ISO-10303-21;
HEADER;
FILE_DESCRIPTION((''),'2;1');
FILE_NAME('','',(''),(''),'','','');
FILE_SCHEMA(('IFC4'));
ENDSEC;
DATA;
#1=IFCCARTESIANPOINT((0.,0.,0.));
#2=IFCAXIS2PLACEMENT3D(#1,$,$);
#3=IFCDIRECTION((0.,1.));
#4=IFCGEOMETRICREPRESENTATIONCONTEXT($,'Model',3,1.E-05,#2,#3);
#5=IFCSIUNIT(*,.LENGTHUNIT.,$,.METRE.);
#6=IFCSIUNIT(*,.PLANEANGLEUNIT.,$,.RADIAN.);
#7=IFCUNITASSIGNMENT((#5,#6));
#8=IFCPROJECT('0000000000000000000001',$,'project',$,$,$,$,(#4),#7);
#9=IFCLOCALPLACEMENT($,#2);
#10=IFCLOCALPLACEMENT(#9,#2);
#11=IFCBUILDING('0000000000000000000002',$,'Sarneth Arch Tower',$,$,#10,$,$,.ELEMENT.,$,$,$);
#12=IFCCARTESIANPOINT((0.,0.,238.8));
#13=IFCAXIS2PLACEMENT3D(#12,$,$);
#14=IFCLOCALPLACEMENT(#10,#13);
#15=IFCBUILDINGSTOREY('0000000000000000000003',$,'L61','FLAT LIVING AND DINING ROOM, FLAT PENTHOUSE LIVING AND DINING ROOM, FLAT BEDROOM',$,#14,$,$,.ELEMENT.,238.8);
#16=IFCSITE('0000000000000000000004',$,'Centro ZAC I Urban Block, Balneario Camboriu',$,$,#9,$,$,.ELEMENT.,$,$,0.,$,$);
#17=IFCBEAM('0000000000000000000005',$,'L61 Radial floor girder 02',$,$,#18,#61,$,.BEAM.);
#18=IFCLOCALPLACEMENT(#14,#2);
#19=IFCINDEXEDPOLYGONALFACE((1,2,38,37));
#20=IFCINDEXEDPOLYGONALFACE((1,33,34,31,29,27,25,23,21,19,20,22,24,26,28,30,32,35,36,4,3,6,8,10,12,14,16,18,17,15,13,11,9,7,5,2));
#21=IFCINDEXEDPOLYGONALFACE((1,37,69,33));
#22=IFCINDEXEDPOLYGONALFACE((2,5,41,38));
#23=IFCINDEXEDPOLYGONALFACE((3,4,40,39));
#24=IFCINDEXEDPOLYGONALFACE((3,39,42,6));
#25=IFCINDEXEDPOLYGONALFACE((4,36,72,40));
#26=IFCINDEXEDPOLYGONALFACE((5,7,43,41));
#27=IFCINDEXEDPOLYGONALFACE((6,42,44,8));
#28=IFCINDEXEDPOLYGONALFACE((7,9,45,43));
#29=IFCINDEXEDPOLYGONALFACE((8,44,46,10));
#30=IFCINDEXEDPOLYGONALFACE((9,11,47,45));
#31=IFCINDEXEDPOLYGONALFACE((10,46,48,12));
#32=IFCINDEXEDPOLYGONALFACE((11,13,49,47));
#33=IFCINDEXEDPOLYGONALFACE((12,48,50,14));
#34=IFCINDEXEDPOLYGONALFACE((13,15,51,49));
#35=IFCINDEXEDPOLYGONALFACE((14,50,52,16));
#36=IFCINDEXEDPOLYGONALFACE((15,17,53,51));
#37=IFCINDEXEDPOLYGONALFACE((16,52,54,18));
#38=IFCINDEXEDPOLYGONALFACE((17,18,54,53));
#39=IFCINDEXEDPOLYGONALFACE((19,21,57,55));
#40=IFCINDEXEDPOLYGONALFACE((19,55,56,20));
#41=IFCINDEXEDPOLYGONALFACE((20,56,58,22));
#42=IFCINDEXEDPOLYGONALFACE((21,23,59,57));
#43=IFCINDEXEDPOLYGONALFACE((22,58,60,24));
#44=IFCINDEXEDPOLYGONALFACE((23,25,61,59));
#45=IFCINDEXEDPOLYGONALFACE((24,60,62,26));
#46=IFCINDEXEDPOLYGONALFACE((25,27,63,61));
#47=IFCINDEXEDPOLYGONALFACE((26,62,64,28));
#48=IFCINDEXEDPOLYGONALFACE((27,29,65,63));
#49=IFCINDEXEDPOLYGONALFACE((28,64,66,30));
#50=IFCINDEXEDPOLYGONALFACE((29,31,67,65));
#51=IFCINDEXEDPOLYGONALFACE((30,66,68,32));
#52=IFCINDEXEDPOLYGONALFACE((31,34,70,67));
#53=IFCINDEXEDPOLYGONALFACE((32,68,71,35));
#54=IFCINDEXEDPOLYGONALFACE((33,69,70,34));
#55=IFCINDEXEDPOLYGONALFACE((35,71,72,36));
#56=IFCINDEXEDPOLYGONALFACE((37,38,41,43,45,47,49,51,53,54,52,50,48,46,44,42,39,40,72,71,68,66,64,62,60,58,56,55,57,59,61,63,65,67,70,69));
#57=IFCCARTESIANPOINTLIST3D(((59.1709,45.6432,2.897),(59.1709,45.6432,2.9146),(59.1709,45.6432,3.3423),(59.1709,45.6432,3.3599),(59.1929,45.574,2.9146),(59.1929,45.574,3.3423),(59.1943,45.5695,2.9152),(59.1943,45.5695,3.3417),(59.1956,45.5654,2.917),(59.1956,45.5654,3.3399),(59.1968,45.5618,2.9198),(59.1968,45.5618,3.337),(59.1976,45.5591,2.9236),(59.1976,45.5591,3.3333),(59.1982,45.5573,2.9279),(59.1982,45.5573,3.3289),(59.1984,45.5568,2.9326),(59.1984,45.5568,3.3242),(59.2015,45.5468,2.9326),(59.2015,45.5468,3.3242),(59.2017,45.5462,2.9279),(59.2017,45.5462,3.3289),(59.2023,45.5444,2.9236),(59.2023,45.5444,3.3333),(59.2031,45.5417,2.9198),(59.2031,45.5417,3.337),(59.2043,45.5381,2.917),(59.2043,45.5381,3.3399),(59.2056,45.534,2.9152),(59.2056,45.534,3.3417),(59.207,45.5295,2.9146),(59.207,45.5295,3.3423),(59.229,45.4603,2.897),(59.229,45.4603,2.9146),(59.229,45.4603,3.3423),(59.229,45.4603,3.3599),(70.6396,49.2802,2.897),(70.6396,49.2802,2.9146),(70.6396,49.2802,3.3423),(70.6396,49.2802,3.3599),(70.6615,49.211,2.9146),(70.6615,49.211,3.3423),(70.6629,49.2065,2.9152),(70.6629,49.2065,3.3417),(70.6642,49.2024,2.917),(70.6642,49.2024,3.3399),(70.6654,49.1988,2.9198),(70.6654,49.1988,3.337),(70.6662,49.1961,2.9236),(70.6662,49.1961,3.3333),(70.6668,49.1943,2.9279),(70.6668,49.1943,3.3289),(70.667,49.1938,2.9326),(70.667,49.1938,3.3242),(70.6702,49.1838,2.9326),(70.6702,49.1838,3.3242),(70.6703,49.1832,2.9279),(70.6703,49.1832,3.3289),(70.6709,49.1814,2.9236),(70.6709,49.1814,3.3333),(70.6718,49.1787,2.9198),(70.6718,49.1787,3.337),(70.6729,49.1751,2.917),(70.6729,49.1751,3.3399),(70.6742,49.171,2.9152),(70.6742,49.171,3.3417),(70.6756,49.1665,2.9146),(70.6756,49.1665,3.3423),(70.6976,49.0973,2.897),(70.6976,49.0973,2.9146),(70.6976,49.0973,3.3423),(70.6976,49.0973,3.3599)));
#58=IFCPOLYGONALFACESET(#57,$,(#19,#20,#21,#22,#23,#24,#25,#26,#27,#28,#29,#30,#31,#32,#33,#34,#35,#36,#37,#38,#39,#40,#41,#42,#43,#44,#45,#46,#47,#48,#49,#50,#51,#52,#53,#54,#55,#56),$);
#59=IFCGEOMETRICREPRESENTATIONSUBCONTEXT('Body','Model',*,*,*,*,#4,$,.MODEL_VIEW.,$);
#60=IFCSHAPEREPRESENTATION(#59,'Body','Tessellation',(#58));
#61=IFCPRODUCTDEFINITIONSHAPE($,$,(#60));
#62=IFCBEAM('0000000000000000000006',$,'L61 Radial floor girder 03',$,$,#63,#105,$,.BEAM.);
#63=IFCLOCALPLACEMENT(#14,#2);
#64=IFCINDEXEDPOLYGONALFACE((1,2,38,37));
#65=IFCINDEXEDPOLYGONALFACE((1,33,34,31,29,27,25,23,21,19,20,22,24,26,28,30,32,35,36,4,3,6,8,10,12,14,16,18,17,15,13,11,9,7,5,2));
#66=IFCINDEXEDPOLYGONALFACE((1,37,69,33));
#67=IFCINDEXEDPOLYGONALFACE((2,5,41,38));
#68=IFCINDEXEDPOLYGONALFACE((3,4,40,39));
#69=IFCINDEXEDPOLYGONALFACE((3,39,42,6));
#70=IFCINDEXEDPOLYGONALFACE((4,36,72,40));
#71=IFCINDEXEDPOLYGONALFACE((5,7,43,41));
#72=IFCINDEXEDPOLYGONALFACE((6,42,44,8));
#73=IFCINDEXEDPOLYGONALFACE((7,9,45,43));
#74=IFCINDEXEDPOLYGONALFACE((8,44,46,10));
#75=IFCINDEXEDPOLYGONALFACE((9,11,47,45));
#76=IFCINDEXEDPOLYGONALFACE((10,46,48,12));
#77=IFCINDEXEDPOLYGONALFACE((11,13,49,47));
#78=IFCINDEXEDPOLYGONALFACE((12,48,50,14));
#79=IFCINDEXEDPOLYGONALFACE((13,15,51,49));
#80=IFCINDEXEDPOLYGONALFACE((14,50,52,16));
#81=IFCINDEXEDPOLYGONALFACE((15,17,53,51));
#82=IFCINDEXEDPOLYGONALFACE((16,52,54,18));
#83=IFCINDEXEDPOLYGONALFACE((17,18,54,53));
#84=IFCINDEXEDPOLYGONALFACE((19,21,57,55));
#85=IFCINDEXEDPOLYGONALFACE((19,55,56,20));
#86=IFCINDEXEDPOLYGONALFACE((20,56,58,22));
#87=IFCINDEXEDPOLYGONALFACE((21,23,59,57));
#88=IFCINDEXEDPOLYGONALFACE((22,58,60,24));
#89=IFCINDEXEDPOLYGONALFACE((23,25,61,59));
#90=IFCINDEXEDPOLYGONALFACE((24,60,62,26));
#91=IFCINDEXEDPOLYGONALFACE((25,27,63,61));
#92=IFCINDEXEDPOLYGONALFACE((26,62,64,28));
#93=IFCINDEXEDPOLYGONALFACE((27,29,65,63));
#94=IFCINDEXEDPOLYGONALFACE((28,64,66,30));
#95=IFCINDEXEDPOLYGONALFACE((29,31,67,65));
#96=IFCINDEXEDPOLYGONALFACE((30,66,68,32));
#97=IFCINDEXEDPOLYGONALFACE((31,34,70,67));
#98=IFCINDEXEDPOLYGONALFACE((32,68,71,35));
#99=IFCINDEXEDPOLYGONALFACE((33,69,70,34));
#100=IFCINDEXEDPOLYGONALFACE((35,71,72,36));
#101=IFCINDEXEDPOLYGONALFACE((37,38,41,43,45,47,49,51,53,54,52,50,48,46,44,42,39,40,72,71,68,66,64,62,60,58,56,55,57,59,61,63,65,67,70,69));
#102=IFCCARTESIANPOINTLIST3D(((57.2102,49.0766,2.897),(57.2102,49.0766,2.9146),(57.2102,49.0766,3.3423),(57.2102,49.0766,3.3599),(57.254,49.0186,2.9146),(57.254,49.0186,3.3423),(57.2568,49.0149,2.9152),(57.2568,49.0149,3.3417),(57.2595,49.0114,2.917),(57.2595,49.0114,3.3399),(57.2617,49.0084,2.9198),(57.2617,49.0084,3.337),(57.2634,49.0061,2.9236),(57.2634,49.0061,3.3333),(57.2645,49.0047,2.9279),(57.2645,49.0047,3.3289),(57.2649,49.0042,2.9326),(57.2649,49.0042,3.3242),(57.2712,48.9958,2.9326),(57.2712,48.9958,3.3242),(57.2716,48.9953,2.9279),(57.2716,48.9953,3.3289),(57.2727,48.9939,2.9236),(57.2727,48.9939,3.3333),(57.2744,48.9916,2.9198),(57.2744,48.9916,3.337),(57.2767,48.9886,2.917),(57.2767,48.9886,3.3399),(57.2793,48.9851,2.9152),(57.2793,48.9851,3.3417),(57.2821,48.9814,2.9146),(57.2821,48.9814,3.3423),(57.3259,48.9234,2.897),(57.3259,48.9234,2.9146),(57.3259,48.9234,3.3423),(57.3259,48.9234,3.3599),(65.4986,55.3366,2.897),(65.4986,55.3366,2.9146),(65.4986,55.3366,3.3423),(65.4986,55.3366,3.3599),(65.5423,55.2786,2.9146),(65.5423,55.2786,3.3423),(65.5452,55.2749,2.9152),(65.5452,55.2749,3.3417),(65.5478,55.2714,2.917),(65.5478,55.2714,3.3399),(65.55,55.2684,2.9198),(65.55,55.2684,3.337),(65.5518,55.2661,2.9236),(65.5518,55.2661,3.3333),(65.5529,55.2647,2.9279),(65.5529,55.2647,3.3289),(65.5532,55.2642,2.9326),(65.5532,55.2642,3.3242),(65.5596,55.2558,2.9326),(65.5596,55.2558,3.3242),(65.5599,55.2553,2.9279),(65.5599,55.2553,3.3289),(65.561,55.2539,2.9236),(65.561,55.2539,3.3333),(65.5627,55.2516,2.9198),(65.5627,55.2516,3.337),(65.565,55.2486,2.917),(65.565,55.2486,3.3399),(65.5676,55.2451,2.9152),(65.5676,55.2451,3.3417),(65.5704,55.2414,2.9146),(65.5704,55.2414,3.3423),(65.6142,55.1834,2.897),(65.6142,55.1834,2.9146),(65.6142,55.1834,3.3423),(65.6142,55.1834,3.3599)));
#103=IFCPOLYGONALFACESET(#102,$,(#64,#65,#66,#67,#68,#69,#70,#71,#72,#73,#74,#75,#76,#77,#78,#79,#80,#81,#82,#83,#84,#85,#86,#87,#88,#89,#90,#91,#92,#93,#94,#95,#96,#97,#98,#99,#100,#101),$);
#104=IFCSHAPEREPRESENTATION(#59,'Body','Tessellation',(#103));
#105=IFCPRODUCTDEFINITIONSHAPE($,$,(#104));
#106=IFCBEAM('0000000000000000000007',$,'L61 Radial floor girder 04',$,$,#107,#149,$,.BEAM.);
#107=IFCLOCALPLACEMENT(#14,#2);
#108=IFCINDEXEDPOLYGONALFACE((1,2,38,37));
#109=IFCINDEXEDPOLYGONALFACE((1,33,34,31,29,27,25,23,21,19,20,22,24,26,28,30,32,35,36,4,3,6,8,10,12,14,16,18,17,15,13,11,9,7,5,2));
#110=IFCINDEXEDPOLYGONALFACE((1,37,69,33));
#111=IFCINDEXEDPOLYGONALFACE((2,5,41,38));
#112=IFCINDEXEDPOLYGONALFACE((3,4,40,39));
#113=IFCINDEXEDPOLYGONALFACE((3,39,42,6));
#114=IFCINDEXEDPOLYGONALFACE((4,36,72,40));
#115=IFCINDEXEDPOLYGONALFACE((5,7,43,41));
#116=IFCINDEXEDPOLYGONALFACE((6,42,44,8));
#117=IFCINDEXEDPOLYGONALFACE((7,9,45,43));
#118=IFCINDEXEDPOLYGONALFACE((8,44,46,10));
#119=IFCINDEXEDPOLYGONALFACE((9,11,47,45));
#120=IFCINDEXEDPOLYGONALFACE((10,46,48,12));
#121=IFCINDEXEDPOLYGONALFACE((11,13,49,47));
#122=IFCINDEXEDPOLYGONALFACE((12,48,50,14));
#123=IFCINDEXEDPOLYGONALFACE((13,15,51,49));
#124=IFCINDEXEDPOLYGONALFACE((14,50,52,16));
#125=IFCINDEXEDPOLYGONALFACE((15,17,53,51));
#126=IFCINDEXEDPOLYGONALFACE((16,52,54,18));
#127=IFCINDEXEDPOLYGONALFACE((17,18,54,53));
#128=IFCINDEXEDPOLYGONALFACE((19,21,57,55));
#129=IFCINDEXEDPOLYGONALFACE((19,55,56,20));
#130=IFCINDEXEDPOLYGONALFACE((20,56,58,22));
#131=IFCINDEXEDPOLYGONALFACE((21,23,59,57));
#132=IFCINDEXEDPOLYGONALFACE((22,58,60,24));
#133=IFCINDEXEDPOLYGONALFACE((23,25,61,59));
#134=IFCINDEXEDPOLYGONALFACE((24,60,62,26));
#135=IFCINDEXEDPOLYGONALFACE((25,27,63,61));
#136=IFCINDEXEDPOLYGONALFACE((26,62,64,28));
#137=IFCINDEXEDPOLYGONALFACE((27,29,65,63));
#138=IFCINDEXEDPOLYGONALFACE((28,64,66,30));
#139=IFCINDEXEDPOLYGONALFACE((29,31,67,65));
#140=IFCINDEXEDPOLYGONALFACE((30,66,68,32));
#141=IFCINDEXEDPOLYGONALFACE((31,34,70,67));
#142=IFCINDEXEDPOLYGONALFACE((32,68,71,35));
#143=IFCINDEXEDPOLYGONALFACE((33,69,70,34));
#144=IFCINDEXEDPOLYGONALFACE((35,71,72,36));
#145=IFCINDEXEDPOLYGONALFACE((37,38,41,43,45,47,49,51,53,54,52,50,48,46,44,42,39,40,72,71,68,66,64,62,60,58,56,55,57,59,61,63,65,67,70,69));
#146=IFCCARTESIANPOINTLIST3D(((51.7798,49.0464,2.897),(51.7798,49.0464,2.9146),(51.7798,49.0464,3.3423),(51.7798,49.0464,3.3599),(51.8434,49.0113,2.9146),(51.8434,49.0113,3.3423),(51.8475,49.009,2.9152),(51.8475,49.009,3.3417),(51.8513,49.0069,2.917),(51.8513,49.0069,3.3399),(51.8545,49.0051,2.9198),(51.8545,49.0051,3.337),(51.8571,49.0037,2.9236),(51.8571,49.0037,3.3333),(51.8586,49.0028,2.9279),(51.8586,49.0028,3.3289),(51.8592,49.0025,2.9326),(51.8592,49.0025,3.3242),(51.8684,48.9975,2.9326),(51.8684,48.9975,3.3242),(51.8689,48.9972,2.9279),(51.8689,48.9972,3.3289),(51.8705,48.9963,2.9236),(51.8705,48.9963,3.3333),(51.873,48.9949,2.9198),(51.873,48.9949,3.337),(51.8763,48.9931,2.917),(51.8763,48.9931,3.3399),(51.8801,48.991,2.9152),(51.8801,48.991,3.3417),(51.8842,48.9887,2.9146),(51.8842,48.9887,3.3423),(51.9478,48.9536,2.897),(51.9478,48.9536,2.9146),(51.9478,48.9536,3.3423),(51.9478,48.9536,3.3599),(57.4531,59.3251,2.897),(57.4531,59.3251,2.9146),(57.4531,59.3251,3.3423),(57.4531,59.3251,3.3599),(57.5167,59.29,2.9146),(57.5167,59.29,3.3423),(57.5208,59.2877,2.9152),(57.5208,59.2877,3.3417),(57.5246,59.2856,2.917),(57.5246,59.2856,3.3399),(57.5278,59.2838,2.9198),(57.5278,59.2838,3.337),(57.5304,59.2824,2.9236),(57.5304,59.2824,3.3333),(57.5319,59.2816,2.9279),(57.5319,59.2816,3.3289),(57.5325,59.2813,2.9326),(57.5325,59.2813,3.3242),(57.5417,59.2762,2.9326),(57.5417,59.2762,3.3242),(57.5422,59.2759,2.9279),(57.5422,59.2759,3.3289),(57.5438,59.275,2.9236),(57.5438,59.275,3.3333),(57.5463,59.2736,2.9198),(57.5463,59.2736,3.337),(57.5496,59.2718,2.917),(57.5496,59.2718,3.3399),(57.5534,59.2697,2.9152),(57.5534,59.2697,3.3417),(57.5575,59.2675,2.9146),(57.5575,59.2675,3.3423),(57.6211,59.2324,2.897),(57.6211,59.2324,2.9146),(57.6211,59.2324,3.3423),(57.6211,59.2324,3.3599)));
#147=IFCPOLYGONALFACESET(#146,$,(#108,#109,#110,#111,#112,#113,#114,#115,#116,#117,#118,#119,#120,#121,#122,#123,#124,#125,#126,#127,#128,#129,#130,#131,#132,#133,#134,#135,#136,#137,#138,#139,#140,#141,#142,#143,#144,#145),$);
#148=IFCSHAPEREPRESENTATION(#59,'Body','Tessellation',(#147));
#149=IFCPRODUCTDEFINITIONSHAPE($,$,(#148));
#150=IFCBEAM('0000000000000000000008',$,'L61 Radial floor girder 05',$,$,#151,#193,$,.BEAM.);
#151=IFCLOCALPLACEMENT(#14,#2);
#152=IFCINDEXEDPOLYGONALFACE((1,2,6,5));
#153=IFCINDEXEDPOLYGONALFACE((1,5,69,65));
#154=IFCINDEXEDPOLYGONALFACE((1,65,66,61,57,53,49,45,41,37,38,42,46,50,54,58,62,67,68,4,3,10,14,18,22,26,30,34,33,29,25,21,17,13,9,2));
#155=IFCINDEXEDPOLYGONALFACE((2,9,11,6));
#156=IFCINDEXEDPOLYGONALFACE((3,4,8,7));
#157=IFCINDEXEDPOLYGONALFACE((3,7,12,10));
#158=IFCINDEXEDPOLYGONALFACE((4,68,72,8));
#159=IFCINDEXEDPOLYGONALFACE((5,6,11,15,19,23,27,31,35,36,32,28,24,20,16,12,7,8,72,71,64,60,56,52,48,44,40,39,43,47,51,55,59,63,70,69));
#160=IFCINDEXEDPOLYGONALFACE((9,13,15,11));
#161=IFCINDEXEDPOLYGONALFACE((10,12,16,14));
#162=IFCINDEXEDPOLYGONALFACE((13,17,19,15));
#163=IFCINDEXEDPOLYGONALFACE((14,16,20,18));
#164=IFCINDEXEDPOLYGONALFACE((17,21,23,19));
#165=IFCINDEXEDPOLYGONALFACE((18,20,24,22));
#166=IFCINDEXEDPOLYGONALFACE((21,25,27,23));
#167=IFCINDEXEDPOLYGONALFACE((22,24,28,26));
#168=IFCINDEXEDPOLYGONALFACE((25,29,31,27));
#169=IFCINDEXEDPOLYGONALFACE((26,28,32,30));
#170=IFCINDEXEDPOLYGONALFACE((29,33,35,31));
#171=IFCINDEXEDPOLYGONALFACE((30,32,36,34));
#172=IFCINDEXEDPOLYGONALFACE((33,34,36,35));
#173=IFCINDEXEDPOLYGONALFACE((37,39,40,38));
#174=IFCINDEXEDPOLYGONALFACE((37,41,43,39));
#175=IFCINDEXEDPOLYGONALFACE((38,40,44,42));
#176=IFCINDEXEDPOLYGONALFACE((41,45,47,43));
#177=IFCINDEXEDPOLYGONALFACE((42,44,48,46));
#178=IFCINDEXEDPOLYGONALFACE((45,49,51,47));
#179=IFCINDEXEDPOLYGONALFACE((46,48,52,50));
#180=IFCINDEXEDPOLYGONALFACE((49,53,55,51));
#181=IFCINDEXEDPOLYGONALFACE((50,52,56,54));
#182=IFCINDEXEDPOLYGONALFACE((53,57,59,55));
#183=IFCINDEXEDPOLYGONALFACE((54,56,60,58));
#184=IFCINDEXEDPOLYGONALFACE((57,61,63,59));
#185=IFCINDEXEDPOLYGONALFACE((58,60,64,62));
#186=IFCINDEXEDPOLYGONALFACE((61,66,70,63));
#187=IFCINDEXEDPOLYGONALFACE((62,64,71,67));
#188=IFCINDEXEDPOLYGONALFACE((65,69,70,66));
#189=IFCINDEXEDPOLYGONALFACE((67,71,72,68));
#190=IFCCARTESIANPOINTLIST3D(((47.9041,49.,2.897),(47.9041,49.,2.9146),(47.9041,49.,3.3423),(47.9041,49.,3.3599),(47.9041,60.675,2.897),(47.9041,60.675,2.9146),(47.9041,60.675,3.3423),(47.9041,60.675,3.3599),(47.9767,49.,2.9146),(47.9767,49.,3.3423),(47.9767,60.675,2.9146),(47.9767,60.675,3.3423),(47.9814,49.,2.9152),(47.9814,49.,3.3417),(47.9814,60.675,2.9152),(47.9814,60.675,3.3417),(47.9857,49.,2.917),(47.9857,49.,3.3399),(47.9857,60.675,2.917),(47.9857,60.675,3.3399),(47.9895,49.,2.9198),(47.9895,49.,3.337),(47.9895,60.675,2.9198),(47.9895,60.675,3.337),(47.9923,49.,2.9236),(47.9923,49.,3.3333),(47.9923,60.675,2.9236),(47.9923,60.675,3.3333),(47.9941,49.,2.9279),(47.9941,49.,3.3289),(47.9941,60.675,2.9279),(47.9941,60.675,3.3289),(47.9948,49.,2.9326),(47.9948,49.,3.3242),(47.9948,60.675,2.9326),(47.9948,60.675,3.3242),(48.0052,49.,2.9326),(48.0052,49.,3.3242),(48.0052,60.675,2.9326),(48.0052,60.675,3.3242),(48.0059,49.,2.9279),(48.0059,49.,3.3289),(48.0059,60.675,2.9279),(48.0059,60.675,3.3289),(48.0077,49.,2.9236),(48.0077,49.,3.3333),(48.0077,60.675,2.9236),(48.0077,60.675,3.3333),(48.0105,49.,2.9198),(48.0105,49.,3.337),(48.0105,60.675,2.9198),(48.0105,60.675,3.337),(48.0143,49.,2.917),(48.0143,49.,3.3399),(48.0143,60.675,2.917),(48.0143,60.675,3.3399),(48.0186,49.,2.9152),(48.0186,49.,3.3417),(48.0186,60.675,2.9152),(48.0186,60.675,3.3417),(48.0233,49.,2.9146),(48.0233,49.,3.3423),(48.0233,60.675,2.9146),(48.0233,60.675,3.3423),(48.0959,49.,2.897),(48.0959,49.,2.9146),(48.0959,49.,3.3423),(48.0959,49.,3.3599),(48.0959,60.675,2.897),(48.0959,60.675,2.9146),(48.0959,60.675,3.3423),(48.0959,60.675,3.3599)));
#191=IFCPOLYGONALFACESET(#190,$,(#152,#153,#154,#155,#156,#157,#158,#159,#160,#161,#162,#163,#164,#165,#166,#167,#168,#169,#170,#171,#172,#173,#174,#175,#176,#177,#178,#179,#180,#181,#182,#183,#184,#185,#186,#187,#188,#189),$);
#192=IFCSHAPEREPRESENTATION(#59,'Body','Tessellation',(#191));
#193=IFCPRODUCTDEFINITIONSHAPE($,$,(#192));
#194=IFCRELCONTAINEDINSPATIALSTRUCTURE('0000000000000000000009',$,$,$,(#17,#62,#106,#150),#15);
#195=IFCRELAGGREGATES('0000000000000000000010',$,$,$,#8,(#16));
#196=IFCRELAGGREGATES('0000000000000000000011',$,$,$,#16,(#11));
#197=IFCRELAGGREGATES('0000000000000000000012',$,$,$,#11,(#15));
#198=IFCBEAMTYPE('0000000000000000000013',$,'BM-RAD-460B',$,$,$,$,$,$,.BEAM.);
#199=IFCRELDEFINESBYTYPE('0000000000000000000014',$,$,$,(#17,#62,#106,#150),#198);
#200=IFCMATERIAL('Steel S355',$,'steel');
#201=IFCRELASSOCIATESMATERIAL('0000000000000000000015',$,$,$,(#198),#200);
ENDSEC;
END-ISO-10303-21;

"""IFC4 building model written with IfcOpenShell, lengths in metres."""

from ifc_helpers import new_model, si_unit, direction, frame, origin, origin_2d, place, context, subcontext, project, spatial, i_section, extrude, material, material_profile, profile_set, type_object, element, save


model = new_model("IFC4")

# Units and contexts
model_context = context("Model", 3, precision=1e-05, world=origin(), true_north=direction((0.0, 1.0)))
body_context = subcontext(model_context, "Body", "Model", "MODEL_VIEW")
ifc_project = project(units=[si_unit("LENGTHUNIT", "METRE"), si_unit("PLANEANGLEUNIT", "RADIAN")], contexts=[model_context])

# Site, building, storey
site_placement = place(None, origin())
site = spatial("IfcSite", under=ifc_project, at=site_placement, Name="Centro ZAC I Urban Block, Balneario Camboriu", CompositionType="ELEMENT", RefElevation=0.0)
building_placement = place(site_placement, origin())
building = spatial("IfcBuilding", under=site, at=building_placement, Name="Sarneth Arch Tower", CompositionType="ELEMENT")
storey_placement = place(building_placement, frame((0.0, 0.0, 238.8)))
storey = spatial("IfcBuildingStorey", under=building, at=storey_placement, Name="L61", Description="FLAT LIVING AND DINING ROOM, FLAT PENTHOUSE LIVING AND DINING ROOM, FLAT BEDROOM", CompositionType="ELEMENT", Elevation=238.8)

# Beams
ifc_material_1 = material(Name="Steel S355", Category="steel")
ifc_material_profile_1 = material_profile(ifc_material_1, i_section(OverallWidth=0.1919, OverallDepth=0.4629, WebThickness=0.0105, FlangeThickness=0.0176, FilletRadius=0.0181, at=origin_2d()), Name="W460x89")
ifc_profile_set_1 = profile_set([ifc_material_profile_1], Name="Steel S355")
beam_type_1 = type_object("IfcBeamType", Name="BM-RAD-460B", PredefinedType="BEAM", material=ifc_profile_set_1)
beam_1_placement = place(storey_placement, frame((59.2, 45.5518, 3.1284), z_axis=(0.953216, 0.30229, 0.0), x_axis=(-0.30229, 0.953216, 0.0)))
element("IfcBeam", 1, at=beam_1_placement, inside=storey, type_object=beam_type_1, Name="L61 Radial floor girder 02", PredefinedType="BEAM", context=body_context, shape_type="SweptSolid", body=[
    extrude(i_section(OverallWidth=0.1919, OverallDepth=0.4629, WebThickness=0.0105, FlangeThickness=0.0176, FilletRadius=0.0181, at=origin_2d()), origin(), (0.0, 0.0, 1.0), 12.0315),
])
beam_2_placement = place(storey_placement, frame((57.2681, 49.0, 3.1284), z_axis=(0.797973, 0.602693, 0.0), x_axis=(-0.602693, 0.797973, 0.0)))
element("IfcBeam", 2, at=beam_2_placement, inside=storey, type_object=beam_type_1, Name="L61 Radial floor girder 03", PredefinedType="BEAM", context=body_context, shape_type="SweptSolid", body=[
    extrude(i_section(OverallWidth=0.1919, OverallDepth=0.4629, WebThickness=0.0105, FlangeThickness=0.0176, FilletRadius=0.0181, at=origin_2d()), origin(), (0.0, 0.0, 1.0), 10.3867),
])
beam_3_placement = place(storey_placement, frame((51.8638, 49.0, 3.1284), z_axis=(0.483226, 0.875496, 0.0), x_axis=(-0.875496, 0.483226, 0.0)))
element("IfcBeam", 3, at=beam_3_placement, inside=storey, type_object=beam_type_1, Name="L61 Radial floor girder 04", PredefinedType="BEAM", context=body_context, shape_type="SweptSolid", body=[
    extrude(i_section(OverallWidth=0.1919, OverallDepth=0.4629, WebThickness=0.0105, FlangeThickness=0.0176, FilletRadius=0.0181, at=origin_2d()), origin(), (0.0, 0.0, 1.0), 11.7405),
])
beam_4_placement = place(storey_placement, frame((48.0, 49.0, 3.1284), z_axis=(0.0, 1.0, 0.0), x_axis=(-1.0, 0.0, 0.0)))
element("IfcBeam", 4, at=beam_4_placement, inside=storey, type_object=beam_type_1, Name="L61 Radial floor girder 05", PredefinedType="BEAM", context=body_context, shape_type="SweptSolid", body=[
    extrude(i_section(OverallWidth=0.1919, OverallDepth=0.4629, WebThickness=0.0105, FlangeThickness=0.0176, FilletRadius=0.0181, at=origin_2d()), origin(), (0.0, 0.0, 1.0), 11.675),
])

save(model, "model.ifc")
